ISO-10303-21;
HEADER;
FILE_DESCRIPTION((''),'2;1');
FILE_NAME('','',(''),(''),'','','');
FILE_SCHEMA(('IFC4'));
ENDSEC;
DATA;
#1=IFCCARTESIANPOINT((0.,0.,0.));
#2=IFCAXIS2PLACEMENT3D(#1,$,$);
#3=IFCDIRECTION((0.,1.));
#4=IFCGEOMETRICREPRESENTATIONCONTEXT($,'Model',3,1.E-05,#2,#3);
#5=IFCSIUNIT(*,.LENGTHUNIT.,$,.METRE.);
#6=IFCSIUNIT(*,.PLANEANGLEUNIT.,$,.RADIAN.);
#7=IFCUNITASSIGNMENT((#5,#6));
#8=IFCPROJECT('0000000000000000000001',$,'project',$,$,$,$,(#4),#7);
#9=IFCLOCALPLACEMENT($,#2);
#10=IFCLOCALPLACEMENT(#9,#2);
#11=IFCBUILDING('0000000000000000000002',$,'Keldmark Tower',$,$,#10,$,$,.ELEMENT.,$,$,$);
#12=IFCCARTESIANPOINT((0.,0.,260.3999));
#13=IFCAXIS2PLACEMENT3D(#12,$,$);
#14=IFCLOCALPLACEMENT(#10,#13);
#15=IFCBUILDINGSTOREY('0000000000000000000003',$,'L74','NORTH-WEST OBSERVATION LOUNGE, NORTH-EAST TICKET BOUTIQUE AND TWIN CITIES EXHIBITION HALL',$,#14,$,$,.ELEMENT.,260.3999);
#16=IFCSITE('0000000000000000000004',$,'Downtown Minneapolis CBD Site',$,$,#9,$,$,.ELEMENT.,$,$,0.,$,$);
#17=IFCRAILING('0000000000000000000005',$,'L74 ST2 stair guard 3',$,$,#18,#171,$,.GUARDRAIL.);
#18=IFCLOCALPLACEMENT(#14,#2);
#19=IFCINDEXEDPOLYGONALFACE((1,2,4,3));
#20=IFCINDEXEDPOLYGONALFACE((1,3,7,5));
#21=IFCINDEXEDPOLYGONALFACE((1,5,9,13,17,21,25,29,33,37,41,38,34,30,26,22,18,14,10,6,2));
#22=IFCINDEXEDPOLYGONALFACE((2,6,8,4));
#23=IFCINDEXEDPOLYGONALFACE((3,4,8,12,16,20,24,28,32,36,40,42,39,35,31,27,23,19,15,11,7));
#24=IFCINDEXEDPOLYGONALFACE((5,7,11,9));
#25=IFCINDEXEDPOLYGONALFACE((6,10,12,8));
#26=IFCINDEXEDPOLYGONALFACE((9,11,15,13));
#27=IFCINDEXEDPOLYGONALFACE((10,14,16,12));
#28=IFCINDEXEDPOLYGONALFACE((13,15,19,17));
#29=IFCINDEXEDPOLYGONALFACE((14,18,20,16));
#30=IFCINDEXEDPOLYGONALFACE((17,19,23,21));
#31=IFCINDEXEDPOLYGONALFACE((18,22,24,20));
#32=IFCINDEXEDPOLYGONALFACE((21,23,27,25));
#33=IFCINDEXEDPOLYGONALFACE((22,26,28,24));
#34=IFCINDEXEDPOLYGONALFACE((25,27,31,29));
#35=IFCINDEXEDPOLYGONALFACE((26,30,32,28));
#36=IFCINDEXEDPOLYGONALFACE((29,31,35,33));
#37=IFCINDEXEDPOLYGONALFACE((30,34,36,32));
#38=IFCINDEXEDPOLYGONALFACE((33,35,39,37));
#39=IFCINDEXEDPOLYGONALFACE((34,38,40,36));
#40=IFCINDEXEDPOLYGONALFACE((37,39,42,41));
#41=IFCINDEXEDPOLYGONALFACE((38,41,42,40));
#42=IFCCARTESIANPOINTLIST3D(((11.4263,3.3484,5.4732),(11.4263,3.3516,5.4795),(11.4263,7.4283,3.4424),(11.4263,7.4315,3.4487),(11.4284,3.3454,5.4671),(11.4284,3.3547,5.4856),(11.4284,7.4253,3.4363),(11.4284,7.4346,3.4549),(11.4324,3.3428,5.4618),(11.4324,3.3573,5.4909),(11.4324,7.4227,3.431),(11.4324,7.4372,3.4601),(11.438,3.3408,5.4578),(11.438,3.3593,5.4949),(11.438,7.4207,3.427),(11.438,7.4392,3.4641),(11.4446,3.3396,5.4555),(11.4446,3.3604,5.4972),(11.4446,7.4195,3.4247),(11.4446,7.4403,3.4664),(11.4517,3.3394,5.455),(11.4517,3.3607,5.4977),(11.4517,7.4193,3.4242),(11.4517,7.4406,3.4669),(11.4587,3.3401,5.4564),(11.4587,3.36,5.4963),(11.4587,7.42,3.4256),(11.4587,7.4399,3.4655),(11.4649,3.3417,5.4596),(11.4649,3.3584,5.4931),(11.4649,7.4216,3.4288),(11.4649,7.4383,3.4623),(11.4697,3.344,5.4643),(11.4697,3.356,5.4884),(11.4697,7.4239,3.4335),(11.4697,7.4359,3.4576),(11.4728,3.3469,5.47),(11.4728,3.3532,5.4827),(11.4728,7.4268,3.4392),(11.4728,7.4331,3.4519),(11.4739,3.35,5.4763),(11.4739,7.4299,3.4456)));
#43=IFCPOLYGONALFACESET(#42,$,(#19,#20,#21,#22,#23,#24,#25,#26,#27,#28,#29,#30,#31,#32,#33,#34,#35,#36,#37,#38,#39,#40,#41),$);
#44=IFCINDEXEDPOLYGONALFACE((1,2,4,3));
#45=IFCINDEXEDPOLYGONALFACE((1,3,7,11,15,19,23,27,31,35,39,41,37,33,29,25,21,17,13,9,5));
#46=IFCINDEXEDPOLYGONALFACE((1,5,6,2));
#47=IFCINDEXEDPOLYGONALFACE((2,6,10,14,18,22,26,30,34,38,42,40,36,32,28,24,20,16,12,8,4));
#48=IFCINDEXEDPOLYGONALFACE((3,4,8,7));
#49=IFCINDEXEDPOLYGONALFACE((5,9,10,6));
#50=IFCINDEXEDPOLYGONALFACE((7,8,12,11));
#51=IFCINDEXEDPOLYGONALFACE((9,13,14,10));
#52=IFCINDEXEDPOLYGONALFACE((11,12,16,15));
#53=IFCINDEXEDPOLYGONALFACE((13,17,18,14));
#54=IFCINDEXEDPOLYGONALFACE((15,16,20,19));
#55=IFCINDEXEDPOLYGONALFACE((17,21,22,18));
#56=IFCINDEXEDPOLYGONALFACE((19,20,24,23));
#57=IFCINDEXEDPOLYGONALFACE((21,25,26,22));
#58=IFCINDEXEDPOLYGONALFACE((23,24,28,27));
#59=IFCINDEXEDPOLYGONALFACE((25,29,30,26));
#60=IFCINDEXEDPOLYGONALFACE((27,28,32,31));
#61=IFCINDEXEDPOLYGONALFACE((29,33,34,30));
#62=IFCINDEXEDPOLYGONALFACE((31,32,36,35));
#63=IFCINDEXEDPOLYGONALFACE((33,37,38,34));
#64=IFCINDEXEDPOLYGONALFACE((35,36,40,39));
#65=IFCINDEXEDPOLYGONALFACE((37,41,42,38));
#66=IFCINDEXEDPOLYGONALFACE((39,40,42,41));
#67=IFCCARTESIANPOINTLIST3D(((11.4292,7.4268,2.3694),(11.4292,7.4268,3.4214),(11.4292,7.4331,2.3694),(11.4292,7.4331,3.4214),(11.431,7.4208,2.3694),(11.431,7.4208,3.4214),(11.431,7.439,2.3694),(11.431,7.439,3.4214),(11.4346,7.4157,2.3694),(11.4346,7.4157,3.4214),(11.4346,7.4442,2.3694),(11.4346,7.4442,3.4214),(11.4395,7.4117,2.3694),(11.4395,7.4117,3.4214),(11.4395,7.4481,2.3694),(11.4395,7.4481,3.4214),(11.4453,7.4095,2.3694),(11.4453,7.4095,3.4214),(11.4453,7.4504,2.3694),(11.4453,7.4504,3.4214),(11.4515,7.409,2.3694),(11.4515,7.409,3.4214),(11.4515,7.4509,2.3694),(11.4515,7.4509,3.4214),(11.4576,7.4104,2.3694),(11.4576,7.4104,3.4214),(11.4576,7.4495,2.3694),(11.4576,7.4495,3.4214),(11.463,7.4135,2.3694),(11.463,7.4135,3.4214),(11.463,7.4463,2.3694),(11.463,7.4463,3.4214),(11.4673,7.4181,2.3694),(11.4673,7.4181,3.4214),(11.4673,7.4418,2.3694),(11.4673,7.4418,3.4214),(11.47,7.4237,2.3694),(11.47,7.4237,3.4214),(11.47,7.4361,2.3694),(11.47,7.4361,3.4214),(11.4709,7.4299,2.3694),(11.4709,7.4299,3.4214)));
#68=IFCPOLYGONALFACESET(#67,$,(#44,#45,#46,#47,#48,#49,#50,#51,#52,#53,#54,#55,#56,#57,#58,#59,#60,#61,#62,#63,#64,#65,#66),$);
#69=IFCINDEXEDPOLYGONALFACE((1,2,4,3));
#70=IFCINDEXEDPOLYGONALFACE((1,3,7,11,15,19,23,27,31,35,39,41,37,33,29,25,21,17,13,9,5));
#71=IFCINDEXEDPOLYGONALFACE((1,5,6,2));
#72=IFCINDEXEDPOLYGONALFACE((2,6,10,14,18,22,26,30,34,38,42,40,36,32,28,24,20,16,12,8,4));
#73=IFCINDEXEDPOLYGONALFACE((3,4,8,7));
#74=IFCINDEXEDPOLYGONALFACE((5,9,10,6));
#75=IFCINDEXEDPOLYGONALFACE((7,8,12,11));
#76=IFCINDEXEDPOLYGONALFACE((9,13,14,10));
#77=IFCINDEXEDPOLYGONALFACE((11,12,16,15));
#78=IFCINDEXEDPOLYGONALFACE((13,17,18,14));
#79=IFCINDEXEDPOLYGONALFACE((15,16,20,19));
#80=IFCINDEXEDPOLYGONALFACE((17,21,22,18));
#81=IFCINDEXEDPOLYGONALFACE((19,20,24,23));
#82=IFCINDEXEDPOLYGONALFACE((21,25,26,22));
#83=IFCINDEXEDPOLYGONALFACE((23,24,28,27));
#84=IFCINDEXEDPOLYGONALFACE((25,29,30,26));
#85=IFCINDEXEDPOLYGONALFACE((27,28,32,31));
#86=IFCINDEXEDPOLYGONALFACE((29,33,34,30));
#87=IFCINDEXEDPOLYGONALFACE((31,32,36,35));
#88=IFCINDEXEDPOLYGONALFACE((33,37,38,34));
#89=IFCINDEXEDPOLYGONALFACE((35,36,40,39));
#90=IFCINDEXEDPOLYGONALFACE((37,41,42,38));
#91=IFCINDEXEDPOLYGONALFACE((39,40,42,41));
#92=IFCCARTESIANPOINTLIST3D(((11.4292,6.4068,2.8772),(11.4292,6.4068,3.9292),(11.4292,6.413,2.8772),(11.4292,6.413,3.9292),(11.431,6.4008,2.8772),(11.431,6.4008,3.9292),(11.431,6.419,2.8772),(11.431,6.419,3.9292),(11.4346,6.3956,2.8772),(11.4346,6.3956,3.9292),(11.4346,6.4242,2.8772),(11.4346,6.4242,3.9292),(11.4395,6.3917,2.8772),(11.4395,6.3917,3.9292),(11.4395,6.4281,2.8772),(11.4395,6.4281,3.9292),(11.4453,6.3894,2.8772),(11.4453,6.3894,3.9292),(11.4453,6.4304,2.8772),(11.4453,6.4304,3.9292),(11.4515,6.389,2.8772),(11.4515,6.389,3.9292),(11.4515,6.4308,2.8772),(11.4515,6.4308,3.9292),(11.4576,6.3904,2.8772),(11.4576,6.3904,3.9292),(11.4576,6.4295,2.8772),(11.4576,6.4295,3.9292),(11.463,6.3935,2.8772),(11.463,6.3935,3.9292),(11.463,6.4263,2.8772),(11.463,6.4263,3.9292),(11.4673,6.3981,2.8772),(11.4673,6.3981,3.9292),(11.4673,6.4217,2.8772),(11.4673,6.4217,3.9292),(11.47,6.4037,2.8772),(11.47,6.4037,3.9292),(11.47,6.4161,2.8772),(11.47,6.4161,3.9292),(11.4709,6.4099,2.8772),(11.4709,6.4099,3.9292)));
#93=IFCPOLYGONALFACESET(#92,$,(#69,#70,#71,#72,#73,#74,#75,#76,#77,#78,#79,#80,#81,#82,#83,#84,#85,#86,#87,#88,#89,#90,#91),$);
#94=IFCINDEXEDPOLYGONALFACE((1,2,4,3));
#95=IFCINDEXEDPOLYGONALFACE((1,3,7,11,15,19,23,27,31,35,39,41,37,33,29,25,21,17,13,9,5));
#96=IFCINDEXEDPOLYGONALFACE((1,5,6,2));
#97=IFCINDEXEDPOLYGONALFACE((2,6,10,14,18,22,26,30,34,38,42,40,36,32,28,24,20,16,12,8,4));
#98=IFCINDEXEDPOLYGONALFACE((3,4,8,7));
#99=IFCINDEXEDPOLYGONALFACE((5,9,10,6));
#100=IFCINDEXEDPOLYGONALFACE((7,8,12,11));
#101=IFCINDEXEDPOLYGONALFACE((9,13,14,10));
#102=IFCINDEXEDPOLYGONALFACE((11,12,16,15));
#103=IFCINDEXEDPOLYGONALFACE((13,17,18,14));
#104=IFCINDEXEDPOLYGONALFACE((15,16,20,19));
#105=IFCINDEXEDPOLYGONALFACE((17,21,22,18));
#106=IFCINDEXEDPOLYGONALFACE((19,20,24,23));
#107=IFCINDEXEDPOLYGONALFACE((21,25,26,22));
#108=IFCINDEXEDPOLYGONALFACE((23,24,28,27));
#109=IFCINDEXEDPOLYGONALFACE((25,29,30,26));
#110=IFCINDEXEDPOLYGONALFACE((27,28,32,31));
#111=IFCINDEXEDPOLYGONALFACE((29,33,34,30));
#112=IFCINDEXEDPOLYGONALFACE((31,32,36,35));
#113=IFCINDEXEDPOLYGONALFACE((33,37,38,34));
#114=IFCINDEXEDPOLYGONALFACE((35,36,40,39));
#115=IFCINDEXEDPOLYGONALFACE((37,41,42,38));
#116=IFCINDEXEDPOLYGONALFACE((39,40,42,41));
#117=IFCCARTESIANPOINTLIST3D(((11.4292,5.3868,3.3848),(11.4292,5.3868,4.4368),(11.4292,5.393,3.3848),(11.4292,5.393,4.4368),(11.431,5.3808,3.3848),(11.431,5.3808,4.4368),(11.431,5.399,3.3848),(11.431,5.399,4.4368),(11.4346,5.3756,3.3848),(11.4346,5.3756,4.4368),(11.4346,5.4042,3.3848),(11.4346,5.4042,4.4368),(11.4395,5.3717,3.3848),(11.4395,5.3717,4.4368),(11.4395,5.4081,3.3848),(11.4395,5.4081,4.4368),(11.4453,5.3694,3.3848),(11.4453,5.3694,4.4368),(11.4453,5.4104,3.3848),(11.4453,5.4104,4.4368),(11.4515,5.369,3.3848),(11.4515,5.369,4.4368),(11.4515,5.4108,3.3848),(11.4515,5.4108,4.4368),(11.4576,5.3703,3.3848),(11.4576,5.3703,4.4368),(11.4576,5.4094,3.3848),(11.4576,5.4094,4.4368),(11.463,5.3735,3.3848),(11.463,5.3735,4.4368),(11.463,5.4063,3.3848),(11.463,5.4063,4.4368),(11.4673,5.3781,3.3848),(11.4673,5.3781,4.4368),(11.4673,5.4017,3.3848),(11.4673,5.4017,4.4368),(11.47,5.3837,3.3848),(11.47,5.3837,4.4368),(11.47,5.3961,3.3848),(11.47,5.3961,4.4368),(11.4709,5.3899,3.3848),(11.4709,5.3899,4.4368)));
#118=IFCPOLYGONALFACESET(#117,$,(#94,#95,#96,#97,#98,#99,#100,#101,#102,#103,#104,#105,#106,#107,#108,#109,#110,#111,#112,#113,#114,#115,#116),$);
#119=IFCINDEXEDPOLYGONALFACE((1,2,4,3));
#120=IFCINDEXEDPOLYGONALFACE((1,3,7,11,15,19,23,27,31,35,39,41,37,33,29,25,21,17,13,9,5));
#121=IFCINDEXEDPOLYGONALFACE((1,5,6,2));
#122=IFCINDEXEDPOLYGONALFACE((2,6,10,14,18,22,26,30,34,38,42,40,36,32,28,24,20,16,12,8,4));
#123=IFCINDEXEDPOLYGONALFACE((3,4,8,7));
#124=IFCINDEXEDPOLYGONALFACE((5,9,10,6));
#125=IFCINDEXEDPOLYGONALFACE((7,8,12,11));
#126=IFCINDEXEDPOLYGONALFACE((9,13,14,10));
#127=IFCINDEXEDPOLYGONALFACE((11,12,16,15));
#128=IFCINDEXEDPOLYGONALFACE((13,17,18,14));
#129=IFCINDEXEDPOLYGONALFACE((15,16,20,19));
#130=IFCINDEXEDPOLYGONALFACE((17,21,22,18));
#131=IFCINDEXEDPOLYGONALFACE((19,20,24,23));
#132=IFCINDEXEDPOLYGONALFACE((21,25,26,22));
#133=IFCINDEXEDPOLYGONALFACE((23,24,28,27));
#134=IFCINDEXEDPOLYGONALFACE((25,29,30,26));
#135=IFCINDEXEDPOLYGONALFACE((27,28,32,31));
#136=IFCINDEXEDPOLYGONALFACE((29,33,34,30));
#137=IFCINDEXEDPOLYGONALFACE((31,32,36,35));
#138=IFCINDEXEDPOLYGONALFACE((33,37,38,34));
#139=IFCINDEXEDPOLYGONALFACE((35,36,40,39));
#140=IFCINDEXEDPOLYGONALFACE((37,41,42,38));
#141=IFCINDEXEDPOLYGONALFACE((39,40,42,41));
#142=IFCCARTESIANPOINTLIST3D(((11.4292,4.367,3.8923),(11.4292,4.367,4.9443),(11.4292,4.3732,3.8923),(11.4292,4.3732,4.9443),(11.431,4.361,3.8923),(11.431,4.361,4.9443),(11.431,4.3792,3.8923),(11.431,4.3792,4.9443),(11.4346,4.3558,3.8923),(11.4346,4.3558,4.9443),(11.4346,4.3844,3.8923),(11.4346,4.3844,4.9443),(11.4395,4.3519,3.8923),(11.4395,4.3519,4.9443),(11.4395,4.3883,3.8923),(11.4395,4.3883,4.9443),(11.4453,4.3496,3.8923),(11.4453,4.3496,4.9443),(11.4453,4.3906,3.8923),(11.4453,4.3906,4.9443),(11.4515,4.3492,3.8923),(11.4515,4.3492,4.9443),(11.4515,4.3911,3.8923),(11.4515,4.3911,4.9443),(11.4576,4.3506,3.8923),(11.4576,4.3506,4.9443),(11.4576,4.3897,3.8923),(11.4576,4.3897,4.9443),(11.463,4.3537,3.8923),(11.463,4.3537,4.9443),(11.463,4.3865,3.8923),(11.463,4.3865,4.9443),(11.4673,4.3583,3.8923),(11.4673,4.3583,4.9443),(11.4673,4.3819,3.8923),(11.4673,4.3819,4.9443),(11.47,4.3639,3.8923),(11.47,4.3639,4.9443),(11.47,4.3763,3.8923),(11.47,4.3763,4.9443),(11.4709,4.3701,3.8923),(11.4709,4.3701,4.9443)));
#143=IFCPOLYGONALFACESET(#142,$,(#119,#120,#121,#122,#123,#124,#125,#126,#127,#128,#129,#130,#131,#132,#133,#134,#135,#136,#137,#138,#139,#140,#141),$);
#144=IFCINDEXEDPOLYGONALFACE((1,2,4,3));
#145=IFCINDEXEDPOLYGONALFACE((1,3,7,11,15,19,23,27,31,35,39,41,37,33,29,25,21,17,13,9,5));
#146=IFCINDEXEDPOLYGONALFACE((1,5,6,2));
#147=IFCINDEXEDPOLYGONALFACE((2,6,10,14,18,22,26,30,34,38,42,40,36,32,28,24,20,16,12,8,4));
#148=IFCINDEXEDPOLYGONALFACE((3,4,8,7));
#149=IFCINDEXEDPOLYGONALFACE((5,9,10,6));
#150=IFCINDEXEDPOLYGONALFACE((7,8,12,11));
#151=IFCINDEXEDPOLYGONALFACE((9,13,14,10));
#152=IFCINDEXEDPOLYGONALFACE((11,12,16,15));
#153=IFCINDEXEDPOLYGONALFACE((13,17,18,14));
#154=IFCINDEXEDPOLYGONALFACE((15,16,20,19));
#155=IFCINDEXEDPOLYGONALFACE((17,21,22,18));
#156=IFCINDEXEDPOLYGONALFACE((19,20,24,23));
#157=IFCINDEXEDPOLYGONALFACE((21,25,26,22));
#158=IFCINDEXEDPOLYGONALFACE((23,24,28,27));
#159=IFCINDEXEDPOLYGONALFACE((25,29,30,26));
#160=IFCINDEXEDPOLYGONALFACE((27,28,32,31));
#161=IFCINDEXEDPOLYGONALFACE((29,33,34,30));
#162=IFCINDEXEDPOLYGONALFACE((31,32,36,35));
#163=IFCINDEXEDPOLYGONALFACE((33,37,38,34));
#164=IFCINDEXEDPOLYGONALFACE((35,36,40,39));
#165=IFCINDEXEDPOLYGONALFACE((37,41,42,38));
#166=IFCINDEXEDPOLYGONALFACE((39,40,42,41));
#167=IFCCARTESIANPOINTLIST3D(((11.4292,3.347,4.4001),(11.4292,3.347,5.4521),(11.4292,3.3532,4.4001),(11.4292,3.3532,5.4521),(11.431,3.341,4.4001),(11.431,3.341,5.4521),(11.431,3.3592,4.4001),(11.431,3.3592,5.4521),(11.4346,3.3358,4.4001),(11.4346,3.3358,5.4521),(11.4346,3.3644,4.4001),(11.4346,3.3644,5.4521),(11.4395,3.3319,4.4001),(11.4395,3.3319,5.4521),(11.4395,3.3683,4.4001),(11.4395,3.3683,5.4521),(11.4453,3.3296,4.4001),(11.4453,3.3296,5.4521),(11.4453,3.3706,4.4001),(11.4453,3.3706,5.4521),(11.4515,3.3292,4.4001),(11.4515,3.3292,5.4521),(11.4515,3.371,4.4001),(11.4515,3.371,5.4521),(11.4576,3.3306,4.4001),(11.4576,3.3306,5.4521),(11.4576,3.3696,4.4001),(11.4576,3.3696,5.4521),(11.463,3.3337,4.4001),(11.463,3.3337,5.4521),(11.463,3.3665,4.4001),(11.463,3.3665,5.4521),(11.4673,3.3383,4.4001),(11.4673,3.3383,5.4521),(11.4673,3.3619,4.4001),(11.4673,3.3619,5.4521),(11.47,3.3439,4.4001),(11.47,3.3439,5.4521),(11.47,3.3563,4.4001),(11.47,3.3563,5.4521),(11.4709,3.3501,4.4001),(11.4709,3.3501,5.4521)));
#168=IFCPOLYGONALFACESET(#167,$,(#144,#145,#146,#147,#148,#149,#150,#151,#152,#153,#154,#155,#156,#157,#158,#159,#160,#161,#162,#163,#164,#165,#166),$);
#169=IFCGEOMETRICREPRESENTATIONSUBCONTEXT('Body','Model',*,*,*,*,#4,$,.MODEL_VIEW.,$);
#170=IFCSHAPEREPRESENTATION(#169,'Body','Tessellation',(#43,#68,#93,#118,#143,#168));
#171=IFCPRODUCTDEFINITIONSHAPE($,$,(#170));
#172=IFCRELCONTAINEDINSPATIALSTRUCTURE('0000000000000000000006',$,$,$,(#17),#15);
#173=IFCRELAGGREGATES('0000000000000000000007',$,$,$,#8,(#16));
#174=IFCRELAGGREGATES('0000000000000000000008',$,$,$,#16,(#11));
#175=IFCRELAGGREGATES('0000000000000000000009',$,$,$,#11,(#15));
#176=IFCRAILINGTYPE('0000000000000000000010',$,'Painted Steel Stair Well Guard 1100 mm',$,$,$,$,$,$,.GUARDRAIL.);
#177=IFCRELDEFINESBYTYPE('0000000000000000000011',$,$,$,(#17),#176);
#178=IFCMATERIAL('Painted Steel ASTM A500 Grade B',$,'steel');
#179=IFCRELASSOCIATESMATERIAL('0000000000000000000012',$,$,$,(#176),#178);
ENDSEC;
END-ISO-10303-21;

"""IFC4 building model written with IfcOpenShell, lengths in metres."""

from ifc_helpers import new_model, si_unit, direction, frame, origin, origin_2d, place, context, subcontext, project, spatial, circle, extrude, material, type_object, element, save


model = new_model("IFC4")

# Units and contexts
model_context = context("Model", 3, precision=1e-05, world=origin(), true_north=direction((0.0, 1.0)))
body_context = subcontext(model_context, "Body", "Model", "MODEL_VIEW")
ifc_project = project(units=[si_unit("LENGTHUNIT", "METRE"), si_unit("PLANEANGLEUNIT", "RADIAN")], contexts=[model_context])

# Site, building, storey
site_placement = place(None, origin())
site = spatial("IfcSite", under=ifc_project, at=site_placement, Name="Downtown Minneapolis CBD Site", CompositionType="ELEMENT", RefElevation=0.0)
building_placement = place(site_placement, origin())
building = spatial("IfcBuilding", under=site, at=building_placement, Name="Keldmark Tower", CompositionType="ELEMENT")
storey_placement = place(building_placement, frame((0.0, 0.0, 260.3999)))
storey = spatial("IfcBuildingStorey", under=building, at=storey_placement, Name="L74", Description="NORTH-WEST OBSERVATION LOUNGE, NORTH-EAST TICKET BOUTIQUE AND TWIN CITIES EXHIBITION HALL", CompositionType="ELEMENT", Elevation=260.3999)

# Railing
ifc_material_1 = material(Name="Painted Steel ASTM A500 Grade B", Category="steel")
railing_type_1 = type_object("IfcRailingType", Name="Painted Steel Stair Well Guard 1100 mm", PredefinedType="GUARDRAIL", material=ifc_material_1)
railing_1_placement = place(storey_placement, frame((11.45, 7.4299, 2.3694)))
element("IfcRailing", 1, at=railing_1_placement, inside=storey, type_object=railing_type_1, Name="L74 ST2 stair guard 3", PredefinedType="GUARDRAIL", context=body_context, shape_type="SweptSolid", body=[
    extrude(circle(Radius=0.0239, at=origin_2d()), frame((0.0, 0.0, 1.0762), z_axis=(0.0, -0.895229, 0.445606), x_axis=(1.0, 0.0, 0.0)), (0.0, 0.0, 1.0), 4.5574),
    extrude(circle(Radius=0.021, at=origin_2d()), origin(), (0.0, 0.0, 1.0), 1.052),
    extrude(circle(Radius=0.021, at=origin_2d()), frame((0.0, -1.02, 0.5078)), (0.0, 0.0, 1.0), 1.052),
    extrude(circle(Radius=0.021, at=origin_2d()), frame((0.0, -2.04, 1.0154)), (0.0, 0.0, 1.0), 1.052),
    extrude(circle(Radius=0.021, at=origin_2d()), frame((0.0, -3.0598, 1.5229)), (0.0, 0.0, 1.0), 1.052),
    extrude(circle(Radius=0.021, at=origin_2d()), frame((0.0, -4.0798, 2.0308)), (0.0, 0.0, 1.0), 1.052),
])

save(model, "model.ifc")
